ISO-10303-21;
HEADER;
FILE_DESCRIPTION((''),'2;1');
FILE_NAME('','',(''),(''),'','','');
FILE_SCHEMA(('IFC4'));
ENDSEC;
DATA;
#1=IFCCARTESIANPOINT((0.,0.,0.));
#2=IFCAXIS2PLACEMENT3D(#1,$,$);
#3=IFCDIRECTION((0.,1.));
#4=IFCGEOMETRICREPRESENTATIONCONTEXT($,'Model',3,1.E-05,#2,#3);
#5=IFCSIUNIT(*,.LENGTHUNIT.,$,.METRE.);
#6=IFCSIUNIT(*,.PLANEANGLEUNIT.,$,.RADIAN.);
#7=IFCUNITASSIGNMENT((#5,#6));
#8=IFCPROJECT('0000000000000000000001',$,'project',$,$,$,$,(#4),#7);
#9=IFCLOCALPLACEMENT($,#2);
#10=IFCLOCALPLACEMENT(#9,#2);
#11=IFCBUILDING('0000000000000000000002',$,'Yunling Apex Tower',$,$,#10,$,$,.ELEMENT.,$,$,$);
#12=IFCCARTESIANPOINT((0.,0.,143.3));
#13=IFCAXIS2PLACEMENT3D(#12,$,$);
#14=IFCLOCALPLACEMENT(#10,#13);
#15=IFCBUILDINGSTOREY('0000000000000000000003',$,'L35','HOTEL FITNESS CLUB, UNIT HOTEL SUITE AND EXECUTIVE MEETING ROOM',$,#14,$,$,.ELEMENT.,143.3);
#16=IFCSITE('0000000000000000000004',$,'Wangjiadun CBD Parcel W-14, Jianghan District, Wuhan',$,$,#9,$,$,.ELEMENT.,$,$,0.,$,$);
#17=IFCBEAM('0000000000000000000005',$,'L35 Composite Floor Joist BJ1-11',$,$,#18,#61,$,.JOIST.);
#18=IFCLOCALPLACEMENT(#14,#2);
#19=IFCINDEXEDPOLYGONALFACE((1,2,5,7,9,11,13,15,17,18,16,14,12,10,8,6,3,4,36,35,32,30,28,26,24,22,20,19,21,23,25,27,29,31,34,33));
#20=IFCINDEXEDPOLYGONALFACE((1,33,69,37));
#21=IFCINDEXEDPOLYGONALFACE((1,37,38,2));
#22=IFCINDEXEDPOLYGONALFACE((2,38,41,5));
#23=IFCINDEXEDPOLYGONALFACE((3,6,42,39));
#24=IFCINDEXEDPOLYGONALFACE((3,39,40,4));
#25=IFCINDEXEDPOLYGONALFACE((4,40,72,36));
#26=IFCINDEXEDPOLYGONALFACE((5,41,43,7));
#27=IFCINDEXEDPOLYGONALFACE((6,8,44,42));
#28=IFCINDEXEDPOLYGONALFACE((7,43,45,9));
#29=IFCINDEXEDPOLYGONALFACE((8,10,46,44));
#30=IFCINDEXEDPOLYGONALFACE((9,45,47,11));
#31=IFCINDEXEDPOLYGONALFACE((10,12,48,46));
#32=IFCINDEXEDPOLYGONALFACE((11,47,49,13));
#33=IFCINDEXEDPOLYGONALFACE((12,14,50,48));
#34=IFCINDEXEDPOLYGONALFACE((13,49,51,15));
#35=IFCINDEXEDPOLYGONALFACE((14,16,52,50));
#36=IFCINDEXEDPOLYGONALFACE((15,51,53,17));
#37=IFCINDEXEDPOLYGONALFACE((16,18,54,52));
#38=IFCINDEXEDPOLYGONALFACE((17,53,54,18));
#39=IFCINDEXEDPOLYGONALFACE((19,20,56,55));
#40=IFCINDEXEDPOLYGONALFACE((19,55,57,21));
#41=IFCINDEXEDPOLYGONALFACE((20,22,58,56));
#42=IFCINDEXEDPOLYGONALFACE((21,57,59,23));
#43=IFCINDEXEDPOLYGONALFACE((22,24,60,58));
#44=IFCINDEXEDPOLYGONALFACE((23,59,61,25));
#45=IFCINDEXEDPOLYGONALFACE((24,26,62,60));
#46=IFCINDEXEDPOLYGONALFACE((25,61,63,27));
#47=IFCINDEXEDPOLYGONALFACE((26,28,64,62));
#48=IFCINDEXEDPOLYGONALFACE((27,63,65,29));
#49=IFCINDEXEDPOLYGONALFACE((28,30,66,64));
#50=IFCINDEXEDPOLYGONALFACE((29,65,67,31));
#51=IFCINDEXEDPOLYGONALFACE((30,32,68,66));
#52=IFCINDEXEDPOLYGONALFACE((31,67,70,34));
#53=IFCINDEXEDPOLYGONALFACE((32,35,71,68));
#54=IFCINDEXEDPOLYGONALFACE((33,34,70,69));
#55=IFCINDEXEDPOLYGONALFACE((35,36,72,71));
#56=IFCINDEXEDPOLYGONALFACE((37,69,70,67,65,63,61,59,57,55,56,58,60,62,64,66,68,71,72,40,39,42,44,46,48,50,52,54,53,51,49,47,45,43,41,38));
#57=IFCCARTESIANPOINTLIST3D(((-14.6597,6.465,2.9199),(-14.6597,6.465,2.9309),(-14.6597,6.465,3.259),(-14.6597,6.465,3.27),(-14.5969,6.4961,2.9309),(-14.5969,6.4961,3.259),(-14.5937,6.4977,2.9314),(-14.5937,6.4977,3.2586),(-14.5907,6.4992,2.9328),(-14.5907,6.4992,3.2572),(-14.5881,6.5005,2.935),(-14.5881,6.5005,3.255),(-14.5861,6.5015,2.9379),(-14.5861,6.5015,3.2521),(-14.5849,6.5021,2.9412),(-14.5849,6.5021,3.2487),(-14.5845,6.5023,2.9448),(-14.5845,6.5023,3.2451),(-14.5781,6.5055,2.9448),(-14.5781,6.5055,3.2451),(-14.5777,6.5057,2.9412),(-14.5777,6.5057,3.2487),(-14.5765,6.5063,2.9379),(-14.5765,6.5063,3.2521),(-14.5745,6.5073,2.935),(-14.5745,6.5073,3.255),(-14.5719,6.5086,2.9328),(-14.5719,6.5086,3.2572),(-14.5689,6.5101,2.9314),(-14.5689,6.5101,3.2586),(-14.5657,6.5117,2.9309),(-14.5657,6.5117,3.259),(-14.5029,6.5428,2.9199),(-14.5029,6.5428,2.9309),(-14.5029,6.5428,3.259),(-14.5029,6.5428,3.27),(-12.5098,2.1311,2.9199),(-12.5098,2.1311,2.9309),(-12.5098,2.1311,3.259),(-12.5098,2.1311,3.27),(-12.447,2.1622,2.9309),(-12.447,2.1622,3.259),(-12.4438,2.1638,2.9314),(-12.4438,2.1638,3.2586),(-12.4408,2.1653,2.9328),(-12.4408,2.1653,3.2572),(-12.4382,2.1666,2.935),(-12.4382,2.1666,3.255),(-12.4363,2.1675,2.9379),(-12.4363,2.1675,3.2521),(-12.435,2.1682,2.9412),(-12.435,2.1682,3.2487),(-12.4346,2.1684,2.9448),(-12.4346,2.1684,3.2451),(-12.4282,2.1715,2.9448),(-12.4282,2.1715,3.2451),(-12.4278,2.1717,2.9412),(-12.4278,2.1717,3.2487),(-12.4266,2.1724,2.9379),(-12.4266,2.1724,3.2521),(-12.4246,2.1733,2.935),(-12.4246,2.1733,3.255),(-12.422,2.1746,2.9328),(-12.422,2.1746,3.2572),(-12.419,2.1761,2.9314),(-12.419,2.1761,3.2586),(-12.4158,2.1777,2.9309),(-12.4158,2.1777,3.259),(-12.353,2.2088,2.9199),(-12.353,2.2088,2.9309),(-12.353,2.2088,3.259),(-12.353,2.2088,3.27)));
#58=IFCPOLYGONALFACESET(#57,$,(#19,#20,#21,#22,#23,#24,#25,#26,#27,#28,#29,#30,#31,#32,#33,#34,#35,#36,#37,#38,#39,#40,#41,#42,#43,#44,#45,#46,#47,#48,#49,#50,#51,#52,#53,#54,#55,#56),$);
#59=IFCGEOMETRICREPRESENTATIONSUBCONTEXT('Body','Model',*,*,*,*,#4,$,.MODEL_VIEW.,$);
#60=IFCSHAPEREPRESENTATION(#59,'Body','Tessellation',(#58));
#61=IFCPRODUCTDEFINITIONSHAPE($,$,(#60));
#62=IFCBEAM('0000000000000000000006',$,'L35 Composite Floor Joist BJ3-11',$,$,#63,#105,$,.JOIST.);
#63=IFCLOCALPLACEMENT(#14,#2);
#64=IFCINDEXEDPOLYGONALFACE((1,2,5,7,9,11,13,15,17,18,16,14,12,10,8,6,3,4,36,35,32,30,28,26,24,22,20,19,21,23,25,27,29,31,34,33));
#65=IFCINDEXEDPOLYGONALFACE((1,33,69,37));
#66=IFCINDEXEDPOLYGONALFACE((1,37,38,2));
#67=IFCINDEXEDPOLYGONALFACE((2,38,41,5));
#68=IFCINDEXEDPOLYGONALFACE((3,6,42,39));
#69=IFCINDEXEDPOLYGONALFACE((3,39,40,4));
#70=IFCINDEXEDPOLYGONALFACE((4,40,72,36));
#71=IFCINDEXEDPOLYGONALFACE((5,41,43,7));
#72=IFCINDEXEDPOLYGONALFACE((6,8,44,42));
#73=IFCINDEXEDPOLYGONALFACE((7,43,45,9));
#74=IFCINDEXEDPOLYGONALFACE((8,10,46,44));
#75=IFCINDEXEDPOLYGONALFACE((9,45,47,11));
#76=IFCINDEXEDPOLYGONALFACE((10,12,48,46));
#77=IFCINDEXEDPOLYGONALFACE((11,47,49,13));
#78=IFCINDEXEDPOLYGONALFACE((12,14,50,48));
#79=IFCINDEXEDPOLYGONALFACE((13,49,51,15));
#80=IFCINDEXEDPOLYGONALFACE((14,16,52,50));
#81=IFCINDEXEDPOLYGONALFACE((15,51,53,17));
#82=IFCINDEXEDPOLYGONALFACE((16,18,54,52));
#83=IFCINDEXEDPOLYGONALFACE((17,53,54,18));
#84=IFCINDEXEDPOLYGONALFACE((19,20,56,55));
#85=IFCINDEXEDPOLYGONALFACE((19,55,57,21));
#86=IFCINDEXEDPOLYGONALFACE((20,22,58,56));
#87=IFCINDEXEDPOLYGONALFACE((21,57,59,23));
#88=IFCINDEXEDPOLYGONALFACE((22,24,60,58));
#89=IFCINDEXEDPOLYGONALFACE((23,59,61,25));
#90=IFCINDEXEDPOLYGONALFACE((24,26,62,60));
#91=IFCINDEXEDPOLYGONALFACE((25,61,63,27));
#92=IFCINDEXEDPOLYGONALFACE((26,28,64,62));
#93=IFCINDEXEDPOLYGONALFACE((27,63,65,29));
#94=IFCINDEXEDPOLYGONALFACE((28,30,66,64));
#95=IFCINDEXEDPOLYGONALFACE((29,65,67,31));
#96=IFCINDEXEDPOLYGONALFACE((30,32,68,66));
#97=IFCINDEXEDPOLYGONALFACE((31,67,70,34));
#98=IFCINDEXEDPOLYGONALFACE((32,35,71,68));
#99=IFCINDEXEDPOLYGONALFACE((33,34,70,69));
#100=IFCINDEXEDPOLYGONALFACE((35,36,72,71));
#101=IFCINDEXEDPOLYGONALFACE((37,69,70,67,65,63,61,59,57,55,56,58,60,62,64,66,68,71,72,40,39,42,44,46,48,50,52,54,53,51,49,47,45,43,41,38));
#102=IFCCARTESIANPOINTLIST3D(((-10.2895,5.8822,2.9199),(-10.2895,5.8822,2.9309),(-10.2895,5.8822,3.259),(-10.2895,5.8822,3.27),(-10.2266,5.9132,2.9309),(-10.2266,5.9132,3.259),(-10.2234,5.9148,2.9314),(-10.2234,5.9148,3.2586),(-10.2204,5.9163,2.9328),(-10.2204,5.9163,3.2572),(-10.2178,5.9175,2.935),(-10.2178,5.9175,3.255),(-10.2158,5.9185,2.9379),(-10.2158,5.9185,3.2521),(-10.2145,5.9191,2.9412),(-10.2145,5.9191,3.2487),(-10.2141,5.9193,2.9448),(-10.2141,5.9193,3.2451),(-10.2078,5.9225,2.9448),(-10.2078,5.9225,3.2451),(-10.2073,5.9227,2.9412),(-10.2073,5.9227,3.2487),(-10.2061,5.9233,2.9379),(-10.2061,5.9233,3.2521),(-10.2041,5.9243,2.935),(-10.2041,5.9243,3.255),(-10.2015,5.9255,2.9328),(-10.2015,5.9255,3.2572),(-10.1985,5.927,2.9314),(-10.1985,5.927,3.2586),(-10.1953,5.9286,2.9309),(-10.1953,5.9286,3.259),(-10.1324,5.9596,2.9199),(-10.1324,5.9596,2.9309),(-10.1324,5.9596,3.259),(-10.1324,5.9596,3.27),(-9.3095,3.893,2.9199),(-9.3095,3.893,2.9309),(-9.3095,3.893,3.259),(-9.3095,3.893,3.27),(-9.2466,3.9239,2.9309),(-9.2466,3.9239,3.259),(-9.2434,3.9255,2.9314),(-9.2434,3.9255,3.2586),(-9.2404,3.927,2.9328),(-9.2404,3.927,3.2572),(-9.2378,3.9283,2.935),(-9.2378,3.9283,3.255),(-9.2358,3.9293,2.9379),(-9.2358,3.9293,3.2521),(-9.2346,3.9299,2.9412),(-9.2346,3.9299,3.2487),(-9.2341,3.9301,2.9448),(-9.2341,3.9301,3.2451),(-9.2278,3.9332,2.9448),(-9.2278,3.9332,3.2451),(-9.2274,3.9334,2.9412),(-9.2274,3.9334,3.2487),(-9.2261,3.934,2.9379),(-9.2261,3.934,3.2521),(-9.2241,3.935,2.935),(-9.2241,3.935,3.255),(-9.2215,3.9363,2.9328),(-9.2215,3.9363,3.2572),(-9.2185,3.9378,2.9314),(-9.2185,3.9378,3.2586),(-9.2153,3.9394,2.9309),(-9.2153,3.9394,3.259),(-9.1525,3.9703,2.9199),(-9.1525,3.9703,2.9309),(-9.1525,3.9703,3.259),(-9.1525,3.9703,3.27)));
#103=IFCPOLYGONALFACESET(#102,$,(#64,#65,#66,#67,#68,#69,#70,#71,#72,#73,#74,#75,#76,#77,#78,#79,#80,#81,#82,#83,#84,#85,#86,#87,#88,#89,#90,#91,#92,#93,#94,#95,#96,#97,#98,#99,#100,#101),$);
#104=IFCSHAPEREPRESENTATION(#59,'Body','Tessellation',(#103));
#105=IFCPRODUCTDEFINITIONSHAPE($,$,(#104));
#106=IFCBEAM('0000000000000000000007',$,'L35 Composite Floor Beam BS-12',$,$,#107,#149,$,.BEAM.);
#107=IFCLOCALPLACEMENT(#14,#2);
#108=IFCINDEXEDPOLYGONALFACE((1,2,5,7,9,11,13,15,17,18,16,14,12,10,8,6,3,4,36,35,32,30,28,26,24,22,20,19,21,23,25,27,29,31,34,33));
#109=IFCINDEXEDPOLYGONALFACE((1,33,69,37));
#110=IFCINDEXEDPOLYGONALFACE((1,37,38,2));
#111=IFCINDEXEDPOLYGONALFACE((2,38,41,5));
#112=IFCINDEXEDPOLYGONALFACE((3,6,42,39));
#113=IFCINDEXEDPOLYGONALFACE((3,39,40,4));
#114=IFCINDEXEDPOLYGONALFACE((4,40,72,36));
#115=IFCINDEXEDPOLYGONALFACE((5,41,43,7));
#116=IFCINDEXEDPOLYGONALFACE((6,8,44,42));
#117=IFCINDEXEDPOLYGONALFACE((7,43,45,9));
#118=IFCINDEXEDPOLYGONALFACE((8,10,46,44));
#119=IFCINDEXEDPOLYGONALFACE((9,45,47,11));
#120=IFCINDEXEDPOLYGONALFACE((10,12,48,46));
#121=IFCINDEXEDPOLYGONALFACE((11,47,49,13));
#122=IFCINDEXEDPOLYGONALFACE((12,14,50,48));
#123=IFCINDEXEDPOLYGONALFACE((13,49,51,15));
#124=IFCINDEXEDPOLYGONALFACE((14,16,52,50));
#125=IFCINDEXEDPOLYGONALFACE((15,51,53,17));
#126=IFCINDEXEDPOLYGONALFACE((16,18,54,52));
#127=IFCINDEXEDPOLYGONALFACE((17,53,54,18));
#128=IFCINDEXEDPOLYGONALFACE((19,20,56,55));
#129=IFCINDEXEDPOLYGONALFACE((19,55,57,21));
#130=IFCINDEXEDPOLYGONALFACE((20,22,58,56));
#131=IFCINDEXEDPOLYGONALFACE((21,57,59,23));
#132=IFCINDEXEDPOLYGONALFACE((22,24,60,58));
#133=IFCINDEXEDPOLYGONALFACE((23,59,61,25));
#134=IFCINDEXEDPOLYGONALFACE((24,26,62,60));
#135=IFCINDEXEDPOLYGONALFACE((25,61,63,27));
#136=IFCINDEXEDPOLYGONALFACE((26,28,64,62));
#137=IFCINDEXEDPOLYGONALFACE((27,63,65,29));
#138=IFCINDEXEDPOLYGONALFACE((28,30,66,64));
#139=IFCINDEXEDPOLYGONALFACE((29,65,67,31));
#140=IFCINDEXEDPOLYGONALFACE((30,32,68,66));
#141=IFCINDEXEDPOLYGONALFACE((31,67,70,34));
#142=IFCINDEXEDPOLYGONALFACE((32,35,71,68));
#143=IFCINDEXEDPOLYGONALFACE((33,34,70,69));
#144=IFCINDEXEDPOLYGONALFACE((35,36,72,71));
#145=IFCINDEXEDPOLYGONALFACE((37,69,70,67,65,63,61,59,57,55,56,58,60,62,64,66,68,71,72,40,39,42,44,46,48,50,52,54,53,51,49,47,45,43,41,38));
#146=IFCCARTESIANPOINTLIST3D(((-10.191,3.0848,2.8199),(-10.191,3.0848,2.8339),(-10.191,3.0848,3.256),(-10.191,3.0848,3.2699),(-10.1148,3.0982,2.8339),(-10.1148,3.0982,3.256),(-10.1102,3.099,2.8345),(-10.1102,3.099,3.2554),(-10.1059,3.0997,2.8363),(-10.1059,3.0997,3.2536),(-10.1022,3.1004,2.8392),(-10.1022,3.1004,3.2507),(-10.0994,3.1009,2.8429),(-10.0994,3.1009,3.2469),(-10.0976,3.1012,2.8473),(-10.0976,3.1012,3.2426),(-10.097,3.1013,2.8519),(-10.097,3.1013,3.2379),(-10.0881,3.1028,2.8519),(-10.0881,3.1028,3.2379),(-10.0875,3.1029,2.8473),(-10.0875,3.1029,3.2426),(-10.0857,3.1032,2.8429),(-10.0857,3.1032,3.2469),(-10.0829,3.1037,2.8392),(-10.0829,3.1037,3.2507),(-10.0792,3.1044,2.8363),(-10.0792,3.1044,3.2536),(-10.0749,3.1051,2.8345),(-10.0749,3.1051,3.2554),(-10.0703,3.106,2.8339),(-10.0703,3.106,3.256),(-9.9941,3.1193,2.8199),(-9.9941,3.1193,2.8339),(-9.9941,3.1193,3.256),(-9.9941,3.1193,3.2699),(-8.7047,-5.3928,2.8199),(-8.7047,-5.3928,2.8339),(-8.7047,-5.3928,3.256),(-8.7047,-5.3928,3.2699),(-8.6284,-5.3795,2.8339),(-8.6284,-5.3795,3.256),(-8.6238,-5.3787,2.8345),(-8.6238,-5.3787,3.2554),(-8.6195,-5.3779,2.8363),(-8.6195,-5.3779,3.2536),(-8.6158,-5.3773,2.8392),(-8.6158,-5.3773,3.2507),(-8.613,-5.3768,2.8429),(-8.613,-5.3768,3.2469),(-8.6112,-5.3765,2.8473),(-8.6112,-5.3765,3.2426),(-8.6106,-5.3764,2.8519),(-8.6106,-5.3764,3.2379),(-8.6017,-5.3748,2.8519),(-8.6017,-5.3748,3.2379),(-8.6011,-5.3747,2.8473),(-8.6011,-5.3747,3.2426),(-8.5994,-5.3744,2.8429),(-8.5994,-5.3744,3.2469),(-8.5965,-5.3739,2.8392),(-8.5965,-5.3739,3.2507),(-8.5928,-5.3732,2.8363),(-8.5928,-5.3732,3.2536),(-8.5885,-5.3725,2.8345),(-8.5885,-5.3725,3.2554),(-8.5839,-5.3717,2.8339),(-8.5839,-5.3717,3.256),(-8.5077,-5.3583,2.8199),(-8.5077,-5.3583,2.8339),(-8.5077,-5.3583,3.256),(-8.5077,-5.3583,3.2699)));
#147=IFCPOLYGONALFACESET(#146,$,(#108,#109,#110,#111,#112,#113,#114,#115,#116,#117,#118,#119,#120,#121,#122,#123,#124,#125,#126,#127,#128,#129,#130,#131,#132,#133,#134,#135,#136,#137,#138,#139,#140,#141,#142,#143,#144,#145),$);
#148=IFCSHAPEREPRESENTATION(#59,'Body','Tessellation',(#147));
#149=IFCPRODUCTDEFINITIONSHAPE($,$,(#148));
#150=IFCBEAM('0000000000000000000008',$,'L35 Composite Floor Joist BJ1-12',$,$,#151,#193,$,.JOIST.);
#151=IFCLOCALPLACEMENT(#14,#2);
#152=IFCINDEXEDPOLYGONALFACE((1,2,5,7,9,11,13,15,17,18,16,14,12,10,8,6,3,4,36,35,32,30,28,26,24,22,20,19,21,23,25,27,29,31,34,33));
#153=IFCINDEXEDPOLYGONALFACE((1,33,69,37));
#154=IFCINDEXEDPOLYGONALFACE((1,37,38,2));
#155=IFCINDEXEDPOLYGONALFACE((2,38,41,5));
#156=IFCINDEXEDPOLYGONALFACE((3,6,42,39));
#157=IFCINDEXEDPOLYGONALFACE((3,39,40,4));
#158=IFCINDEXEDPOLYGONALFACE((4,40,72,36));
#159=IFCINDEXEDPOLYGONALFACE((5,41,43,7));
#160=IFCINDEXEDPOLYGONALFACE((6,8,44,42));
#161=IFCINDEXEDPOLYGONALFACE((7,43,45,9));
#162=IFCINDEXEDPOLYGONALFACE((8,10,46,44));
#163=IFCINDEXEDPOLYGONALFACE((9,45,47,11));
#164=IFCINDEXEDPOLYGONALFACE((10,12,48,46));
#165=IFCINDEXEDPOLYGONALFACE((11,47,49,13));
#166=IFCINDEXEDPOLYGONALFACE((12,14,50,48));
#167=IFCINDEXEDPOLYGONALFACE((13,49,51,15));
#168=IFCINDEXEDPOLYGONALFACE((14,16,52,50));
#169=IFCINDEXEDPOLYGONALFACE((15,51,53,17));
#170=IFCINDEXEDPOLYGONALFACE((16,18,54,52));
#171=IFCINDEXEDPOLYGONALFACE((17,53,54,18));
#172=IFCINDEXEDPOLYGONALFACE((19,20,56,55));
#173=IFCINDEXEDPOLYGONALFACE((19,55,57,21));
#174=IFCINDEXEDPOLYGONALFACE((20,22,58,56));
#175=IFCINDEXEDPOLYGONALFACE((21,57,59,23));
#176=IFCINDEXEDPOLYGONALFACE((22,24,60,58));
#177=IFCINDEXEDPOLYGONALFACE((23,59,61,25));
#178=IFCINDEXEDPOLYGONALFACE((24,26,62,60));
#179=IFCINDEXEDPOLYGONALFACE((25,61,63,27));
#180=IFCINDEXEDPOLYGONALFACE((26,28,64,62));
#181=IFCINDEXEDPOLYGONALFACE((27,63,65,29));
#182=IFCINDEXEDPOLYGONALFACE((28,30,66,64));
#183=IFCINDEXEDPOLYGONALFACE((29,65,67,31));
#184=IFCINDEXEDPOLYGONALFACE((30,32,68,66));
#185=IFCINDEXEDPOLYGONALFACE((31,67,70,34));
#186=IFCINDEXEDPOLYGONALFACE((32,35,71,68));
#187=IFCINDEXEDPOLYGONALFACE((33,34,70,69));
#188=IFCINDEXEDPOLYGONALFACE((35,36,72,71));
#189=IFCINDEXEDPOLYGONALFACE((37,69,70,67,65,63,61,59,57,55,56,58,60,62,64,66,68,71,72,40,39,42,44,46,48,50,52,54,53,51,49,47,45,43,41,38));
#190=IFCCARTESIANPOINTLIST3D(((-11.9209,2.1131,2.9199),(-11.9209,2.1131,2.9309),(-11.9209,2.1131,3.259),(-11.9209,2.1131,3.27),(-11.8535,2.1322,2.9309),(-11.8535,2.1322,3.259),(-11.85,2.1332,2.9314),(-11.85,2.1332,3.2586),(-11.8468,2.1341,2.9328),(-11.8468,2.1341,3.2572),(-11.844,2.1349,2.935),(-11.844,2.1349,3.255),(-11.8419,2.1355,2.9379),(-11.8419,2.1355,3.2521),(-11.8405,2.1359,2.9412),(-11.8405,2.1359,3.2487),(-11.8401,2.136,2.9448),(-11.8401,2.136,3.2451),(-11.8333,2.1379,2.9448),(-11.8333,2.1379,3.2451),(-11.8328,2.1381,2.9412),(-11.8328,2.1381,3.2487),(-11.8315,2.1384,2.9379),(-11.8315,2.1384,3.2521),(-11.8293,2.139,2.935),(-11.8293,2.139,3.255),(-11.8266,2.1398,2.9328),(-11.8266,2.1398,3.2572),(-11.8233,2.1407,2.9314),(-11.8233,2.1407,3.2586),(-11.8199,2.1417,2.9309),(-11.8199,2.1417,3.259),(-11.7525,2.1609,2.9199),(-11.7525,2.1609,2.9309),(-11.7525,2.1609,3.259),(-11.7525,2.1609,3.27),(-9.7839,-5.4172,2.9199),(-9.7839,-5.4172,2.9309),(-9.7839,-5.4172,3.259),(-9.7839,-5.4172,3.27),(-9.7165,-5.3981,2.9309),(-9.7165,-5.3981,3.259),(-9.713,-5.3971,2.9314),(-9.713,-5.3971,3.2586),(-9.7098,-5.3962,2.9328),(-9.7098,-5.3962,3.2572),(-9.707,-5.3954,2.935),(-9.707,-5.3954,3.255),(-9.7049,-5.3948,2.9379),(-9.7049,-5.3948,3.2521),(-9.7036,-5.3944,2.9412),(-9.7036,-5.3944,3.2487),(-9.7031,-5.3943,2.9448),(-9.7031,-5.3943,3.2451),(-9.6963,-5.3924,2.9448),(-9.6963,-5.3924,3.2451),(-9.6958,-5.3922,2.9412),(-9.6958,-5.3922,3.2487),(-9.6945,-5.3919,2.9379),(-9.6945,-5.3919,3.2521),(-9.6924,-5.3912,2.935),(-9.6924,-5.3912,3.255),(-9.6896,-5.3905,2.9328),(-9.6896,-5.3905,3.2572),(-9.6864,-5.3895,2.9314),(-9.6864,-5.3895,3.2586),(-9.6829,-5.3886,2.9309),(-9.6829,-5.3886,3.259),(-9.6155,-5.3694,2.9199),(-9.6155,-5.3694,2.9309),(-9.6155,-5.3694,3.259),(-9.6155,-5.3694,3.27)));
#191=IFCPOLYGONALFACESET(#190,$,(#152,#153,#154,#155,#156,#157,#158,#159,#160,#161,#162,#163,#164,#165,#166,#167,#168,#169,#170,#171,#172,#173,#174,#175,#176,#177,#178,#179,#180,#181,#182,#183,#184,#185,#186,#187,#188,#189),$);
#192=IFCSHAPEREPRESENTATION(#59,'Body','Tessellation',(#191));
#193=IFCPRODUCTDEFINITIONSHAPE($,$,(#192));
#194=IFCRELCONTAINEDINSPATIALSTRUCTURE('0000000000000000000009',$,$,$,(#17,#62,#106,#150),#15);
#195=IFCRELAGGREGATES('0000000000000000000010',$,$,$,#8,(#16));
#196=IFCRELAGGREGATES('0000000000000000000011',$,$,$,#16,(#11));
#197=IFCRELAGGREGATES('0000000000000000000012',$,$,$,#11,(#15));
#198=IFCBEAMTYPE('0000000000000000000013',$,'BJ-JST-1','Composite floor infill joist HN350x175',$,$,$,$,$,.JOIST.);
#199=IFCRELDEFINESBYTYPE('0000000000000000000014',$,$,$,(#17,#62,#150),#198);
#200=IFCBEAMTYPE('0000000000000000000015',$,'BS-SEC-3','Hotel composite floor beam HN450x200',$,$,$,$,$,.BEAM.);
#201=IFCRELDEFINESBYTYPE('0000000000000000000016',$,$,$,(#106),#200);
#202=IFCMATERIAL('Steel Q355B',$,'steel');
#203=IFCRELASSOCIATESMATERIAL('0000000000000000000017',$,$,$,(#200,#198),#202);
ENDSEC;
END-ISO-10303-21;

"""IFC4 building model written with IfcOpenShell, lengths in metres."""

from ifc_helpers import new_model, si_unit, direction, frame, origin, origin_2d, place, context, subcontext, project, spatial, i_section, extrude, source, transform, mapped, material, material_profile, profile_set, type_object, element, save


model = new_model("IFC4")

# Units and contexts
model_context = context("Model", 3, precision=1e-05, world=origin(), true_north=direction((0.0, 1.0)))
body_context = subcontext(model_context, "Body", "Model", "MODEL_VIEW")
ifc_project = project(units=[si_unit("LENGTHUNIT", "METRE"), si_unit("PLANEANGLEUNIT", "RADIAN")], contexts=[model_context])

# Site, building, storey
site_placement = place(None, origin())
site = spatial("IfcSite", under=ifc_project, at=site_placement, Name="Wangjiadun CBD Parcel W-14, Jianghan District, Wuhan", CompositionType="ELEMENT", RefElevation=0.0)
building_placement = place(site_placement, origin())
building = spatial("IfcBuilding", under=site, at=building_placement, Name="Yunling Apex Tower", CompositionType="ELEMENT")
storey_placement = place(building_placement, frame((0.0, 0.0, 143.3)))
storey = spatial("IfcBuildingStorey", under=building, at=storey_placement, Name="L35", Description="HOTEL FITNESS CLUB, UNIT HOTEL SUITE AND EXECUTIVE MEETING ROOM", CompositionType="ELEMENT", Elevation=143.3)

# Beams
ifc_material_1 = material(Name="Steel Q355B", Category="steel")
ifc_material_profile_1 = material_profile(ifc_material_1, i_section(OverallWidth=0.2, OverallDepth=0.45, WebThickness=0.009, FlangeThickness=0.0139, FilletRadius=0.0181, at=origin_2d()))
ifc_profile_set_1 = profile_set([ifc_material_profile_1], Name="Steel Q355B")
beam_type_1 = type_object("IfcBeamType", Name="BS-SEC-3", Description="Hotel composite floor beam HN450x200", PredefinedType="BEAM", material=ifc_profile_set_1)
ifc_material_profile_2 = material_profile(ifc_material_1, i_section(OverallWidth=0.175, OverallDepth=0.3501, WebThickness=0.0071, FlangeThickness=0.011, FilletRadius=0.0139, at=origin_2d()))
ifc_profile_set_2 = profile_set([ifc_material_profile_2], Name="Steel Q355B")
beam_type_2 = type_object("IfcBeamType", Name="BJ-JST-1", Description="Composite floor infill joist HN350x175", PredefinedType="JOIST", material=ifc_profile_set_2)
shared_shape_1 = source(origin(), body_context, "Body", "SweptSolid", [
    extrude(i_section(OverallWidth=0.175, OverallDepth=0.3501, WebThickness=0.0071, FlangeThickness=0.011, FilletRadius=0.0139, at=origin_2d()), origin(), (0.0, 0.0, 1.0), 4.8379),
])
beam_1_placement = place(storey_placement, frame((-14.5813, 6.5039, 3.095), z_axis=(0.444385, -0.895836, 0.0), x_axis=(0.895836, 0.444385, 0.0)))
element("IfcBeam", 1, at=beam_1_placement, inside=storey, type_object=beam_type_2, Name="L35 Composite Floor Joist BJ1-11", PredefinedType="JOIST", context=body_context, shape_type="MappedRepresentation", body=[
    mapped(shared_shape_1, transform((0.0, 0.0, 0.0), scale=1.0)),
])
shared_shape_2 = source(origin(), body_context, "Body", "SweptSolid", [
    extrude(i_section(OverallWidth=0.175, OverallDepth=0.3501, WebThickness=0.0071, FlangeThickness=0.011, FilletRadius=0.0139, at=origin_2d()), origin(), (0.0, 0.0, 1.0), 2.2175),
])
beam_2_placement = place(storey_placement, frame((-10.2109, 5.9209, 3.095), z_axis=(0.441921, -0.897054, 0.0), x_axis=(0.897054, 0.441921, 0.0)))
element("IfcBeam", 2, at=beam_2_placement, inside=storey, type_object=beam_type_2, Name="L35 Composite Floor Joist BJ3-11", PredefinedType="JOIST", context=body_context, shape_type="MappedRepresentation", body=[
    mapped(shared_shape_2, transform((0.0, 0.0, 0.0), scale=1.0)),
])
shared_shape_3 = source(origin(), body_context, "Body", "SweptSolid", [
    extrude(i_section(OverallWidth=0.2, OverallDepth=0.45, WebThickness=0.009, FlangeThickness=0.0139, FilletRadius=0.0181, at=origin_2d()), origin(), (0.0, 0.0, 1.0), 8.6069),
])
beam_3_placement = place(storey_placement, frame((-10.0925, 3.1021, 3.0449), z_axis=(0.172691, -0.984976, 0.0), x_axis=(0.984976, 0.172691, 0.0)))
element("IfcBeam", 3, at=beam_3_placement, inside=storey, type_object=beam_type_1, Name="L35 Composite Floor Beam BS-12", PredefinedType="BEAM", context=body_context, shape_type="MappedRepresentation", body=[
    mapped(shared_shape_3, transform((0.0, 0.0, 0.0), scale=1.0)),
])
shared_shape_4 = source(origin(), body_context, "Body", "SweptSolid", [
    extrude(i_section(OverallWidth=0.175, OverallDepth=0.3501, WebThickness=0.0071, FlangeThickness=0.011, FilletRadius=0.0139, at=origin_2d()), origin(), (0.0, 0.0, 1.0), 7.8276),
])
beam_4_placement = place(storey_placement, frame((-11.8367, 2.137, 3.095), z_axis=(0.273003, -0.962013, 0.0), x_axis=(0.962013, 0.273003, 0.0)))
element("IfcBeam", 4, at=beam_4_placement, inside=storey, type_object=beam_type_2, Name="L35 Composite Floor Joist BJ1-12", PredefinedType="JOIST", context=body_context, shape_type="MappedRepresentation", body=[
    mapped(shared_shape_4, transform((0.0, 0.0, 0.0), scale=1.0)),
])

save(model, "model.ifc")
